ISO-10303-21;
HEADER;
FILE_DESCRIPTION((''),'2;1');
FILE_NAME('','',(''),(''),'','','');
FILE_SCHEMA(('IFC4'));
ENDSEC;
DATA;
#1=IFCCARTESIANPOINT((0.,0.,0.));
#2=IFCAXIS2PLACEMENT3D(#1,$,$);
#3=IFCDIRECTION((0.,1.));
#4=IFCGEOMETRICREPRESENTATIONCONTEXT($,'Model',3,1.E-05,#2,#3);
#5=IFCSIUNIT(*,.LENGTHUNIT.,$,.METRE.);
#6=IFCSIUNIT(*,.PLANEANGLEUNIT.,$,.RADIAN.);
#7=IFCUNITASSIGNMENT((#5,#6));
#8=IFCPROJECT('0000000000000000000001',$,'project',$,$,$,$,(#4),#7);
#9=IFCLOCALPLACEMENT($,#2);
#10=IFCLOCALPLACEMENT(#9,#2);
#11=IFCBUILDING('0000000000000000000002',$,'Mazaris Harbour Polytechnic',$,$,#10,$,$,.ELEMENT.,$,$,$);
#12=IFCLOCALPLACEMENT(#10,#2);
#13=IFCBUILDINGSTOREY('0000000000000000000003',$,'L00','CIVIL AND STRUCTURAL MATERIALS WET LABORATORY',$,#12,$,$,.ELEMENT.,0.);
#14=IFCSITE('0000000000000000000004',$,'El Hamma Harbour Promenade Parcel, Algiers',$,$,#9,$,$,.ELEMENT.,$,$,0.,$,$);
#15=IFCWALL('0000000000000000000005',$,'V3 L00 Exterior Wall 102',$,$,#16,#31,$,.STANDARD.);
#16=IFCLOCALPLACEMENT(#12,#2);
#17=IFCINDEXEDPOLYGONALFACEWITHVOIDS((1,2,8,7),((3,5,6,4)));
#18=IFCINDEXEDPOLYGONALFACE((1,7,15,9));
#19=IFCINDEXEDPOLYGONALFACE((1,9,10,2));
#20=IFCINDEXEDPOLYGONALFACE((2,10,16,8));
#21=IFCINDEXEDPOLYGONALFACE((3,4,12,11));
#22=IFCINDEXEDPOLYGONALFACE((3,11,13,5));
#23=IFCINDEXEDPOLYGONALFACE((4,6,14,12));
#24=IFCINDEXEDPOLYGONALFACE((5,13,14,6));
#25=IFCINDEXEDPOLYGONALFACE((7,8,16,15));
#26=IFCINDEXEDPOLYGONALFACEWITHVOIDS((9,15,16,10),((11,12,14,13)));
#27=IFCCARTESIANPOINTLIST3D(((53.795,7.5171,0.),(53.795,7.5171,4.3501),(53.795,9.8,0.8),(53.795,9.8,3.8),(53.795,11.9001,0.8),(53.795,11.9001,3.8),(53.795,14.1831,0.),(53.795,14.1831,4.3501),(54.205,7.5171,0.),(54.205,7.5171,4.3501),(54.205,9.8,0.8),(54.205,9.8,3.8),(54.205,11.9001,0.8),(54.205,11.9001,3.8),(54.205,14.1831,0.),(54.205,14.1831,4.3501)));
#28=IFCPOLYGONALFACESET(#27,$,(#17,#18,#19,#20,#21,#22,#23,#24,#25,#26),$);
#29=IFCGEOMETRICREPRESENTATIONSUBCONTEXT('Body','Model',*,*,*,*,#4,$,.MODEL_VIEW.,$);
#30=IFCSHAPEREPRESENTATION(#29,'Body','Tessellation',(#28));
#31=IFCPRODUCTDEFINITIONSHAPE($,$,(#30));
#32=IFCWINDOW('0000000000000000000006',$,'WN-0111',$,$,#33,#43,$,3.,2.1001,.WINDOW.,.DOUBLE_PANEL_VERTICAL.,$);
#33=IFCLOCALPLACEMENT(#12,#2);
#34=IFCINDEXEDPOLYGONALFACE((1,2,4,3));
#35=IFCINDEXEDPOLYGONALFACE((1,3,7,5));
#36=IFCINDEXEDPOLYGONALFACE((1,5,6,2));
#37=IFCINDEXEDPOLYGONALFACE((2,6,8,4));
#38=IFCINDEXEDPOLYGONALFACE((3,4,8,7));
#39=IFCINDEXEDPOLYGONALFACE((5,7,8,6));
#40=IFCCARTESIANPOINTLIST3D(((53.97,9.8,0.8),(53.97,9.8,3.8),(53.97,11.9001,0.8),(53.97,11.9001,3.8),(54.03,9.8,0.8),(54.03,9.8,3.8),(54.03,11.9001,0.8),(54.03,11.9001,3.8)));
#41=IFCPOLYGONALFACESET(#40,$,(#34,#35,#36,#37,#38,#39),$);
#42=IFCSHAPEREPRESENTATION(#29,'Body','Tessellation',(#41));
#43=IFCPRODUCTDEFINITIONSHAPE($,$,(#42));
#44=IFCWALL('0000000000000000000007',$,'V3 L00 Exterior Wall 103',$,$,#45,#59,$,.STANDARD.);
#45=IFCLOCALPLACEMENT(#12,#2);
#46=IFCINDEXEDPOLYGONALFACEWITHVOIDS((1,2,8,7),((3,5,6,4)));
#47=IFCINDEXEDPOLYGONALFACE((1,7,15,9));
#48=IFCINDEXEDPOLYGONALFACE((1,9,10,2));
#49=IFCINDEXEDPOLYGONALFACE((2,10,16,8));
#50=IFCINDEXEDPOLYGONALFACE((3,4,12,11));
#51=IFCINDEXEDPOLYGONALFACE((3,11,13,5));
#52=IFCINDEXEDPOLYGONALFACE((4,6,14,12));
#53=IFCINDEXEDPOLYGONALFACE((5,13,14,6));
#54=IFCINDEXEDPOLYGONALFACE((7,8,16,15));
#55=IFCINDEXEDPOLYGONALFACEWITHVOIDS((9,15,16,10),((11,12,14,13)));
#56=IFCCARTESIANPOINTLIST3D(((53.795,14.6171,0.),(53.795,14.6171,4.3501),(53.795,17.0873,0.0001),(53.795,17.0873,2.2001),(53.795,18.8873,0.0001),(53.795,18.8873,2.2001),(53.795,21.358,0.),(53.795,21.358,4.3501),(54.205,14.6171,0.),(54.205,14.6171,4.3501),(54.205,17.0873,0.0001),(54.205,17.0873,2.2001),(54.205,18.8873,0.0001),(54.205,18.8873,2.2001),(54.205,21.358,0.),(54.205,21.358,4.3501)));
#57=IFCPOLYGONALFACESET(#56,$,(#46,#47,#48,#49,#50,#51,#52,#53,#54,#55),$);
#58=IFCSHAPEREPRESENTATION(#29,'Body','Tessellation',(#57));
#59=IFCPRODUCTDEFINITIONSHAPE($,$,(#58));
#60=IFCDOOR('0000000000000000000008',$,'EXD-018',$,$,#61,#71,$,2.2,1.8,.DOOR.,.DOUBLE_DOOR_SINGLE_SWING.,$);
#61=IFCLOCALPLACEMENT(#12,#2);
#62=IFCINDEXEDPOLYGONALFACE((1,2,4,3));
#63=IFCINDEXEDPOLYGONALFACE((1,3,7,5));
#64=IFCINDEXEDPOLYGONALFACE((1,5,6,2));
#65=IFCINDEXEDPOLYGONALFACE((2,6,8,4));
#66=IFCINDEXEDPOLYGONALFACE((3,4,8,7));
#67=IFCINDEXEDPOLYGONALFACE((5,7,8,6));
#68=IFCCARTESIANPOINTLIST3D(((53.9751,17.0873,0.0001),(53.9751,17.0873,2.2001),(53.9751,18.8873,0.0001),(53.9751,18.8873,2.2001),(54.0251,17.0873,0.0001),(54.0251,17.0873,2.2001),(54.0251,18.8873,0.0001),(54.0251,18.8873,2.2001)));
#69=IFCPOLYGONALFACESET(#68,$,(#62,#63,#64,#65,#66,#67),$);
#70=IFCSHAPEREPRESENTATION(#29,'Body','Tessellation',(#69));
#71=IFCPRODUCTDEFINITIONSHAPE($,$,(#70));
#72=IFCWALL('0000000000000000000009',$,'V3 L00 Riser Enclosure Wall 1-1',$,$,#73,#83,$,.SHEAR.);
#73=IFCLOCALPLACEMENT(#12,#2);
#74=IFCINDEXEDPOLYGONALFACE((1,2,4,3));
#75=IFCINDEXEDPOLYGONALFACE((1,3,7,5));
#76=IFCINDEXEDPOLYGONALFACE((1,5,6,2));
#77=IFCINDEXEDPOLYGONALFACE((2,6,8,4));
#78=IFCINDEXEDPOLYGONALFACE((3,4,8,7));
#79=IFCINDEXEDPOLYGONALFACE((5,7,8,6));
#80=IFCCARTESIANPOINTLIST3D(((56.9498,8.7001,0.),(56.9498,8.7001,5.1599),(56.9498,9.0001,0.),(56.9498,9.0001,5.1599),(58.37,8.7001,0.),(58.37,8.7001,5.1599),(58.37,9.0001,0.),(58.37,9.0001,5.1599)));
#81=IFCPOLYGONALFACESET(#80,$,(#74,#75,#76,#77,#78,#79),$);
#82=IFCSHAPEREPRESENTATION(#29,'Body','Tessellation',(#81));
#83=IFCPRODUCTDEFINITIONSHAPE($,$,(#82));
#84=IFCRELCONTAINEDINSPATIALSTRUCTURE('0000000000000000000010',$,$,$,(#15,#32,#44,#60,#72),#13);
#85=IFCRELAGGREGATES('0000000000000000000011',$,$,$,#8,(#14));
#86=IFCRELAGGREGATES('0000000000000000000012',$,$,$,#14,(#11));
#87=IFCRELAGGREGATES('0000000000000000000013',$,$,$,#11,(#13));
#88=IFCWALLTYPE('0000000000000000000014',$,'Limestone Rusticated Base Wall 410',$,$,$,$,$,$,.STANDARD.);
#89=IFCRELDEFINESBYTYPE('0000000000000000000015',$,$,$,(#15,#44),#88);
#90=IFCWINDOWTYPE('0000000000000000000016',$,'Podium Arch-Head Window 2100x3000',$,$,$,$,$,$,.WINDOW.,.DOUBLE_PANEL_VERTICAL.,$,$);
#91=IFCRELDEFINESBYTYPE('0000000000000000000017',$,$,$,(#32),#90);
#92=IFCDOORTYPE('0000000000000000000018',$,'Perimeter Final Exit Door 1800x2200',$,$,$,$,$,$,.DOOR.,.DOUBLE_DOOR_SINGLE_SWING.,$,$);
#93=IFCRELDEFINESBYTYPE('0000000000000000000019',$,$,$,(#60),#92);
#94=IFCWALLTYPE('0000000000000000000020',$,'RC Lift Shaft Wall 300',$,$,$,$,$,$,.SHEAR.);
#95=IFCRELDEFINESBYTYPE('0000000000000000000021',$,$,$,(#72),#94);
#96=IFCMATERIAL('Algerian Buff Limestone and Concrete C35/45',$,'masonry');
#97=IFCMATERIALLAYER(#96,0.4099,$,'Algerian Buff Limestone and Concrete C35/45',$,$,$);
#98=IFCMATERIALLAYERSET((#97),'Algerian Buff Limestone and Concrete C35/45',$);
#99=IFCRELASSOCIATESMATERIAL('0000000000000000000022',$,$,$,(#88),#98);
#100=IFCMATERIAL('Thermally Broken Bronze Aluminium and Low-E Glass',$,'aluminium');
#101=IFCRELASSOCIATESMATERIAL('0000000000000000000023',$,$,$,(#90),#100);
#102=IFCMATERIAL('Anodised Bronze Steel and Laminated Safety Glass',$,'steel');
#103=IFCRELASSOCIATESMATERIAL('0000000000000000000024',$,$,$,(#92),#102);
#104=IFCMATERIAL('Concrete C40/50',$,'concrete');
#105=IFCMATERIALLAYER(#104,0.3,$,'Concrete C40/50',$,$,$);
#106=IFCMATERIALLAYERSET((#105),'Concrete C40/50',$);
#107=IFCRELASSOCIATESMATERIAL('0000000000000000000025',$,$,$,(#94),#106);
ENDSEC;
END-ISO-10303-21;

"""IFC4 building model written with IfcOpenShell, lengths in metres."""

from ifc_helpers import new_model, si_unit, direction, frame, frame_2d, origin, place, context, subcontext, project, spatial, rectangle, extrude, material, layer, layer_set, type_object, element, fill, save


model = new_model("IFC4")

# Units and contexts
model_context = context("Model", 3, precision=1e-05, world=origin(), true_north=direction((0.0, 1.0)))
body_context = subcontext(model_context, "Body", "Model", "MODEL_VIEW")
ifc_project = project(units=[si_unit("LENGTHUNIT", "METRE"), si_unit("PLANEANGLEUNIT", "RADIAN")], contexts=[model_context])

# Site, building, storey
site_placement = place(None, origin())
site = spatial("IfcSite", under=ifc_project, at=site_placement, Name="El Hamma Harbour Promenade Parcel, Algiers", CompositionType="ELEMENT", RefElevation=0.0)
building_placement = place(site_placement, origin())
building = spatial("IfcBuilding", under=site, at=building_placement, Name="Mazaris Harbour Polytechnic", CompositionType="ELEMENT")
storey_placement = place(building_placement, origin())
storey = spatial("IfcBuildingStorey", under=building, at=storey_placement, Name="L00", Description="CIVIL AND STRUCTURAL MATERIALS WET LABORATORY", CompositionType="ELEMENT", Elevation=0.0)

# Wall, opening, window
ifc_material_1 = material(Name="Algerian Buff Limestone and Concrete C35/45", Category="masonry")
ifc_layer_1 = layer(ifc_material_1, 0.4099, Name="Algerian Buff Limestone and Concrete C35/45")
ifc_layer_set_1 = layer_set([ifc_layer_1], Name="Algerian Buff Limestone and Concrete C35/45")
wall_type_1 = type_object("IfcWallType", Name="Limestone Rusticated Base Wall 410", PredefinedType="STANDARD", material=ifc_layer_set_1)
wall_1_placement = place(storey_placement, frame((54.0, 7.5171, 0.0), z_axis=(0.0, 0.0, 1.0), x_axis=(0.0, 1.0, 0.0)))
wall_1 = element("IfcWall", 1, at=wall_1_placement, inside=storey, type_object=wall_type_1, Name="V3 L00 Exterior Wall 102", PredefinedType="STANDARD", context=body_context, shape_type="SweptSolid", body=[
    extrude(rectangle(XDim=6.666, YDim=0.4099, at=frame_2d((3.333, 0.0))), origin(), (0.0, 0.0, 1.0), 4.3501),
])
opening_1_placement = place(wall_1_placement, frame((2.283, 0.0, 0.8)))
opening_1 = element("IfcOpeningElement", 2, at=opening_1_placement, cuts=wall_1, PredefinedType="OPENING", context=body_context, shape_type="SweptSolid", body=[
    extrude(rectangle(XDim=2.1001, YDim=3.0, at=frame_2d((1.05, 1.5))), frame((0.0, 0.2148, 0.0), z_axis=(0.0, -1.0, 0.0), x_axis=(1.0, 0.0, 0.0)), (0.0, 0.0, 1.0), 0.4299),
])
ifc_material_2 = material(Name="Thermally Broken Bronze Aluminium and Low-E Glass", Category="aluminium")
window_type = type_object("IfcWindowType", Name="Podium Arch-Head Window 2100x3000", PartitioningType="DOUBLE_PANEL_VERTICAL", PredefinedType="WINDOW", material=ifc_material_2)
window_placement = place(opening_1_placement, origin())
window = element("IfcWindow", 3, at=window_placement, inside=storey, type_object=window_type, Name="WN-0111", OverallHeight=3.0, OverallWidth=2.1001, PartitioningType="DOUBLE_PANEL_VERTICAL", PredefinedType="WINDOW", context=body_context, shape_type="SweptSolid", body=[
    extrude(rectangle(XDim=2.1001, YDim=3.0, at=frame_2d((1.05, 1.5))), frame((0.0, 0.03, 0.0), z_axis=(0.0, -1.0, 0.0), x_axis=(1.0, 0.0, 0.0)), (0.0, 0.0, 1.0), 0.0601),
])
fill(opening_1, window)

# Wall, opening, door
wall_2_placement = place(storey_placement, frame((54.0, 14.6169, 0.0), z_axis=(0.0, 0.0, 1.0), x_axis=(0.0, 1.0, 0.0)))
wall_2 = element("IfcWall", 4, at=wall_2_placement, inside=storey, type_object=wall_type_1, Name="V3 L00 Exterior Wall 103", PredefinedType="STANDARD", context=body_context, shape_type="SweptSolid", body=[
    extrude(rectangle(XDim=6.741, YDim=0.4099, at=frame_2d((3.3706, 0.0))), origin(), (0.0, 0.0, 1.0), 4.3501),
])
opening_2_placement = place(wall_2_placement, frame((2.4705, 0.0, 0.0)))
opening_2 = element("IfcOpeningElement", 5, at=opening_2_placement, cuts=wall_2, PredefinedType="OPENING", context=body_context, shape_type="SweptSolid", body=[
    extrude(rectangle(XDim=1.8, YDim=2.2, at=frame_2d((0.8999, 1.1001))), frame((0.0, 0.2148, 0.0), z_axis=(0.0, -1.0, 0.0), x_axis=(1.0, 0.0, 0.0)), (0.0, 0.0, 1.0), 0.4299),
])
ifc_material_3 = material(Name="Anodised Bronze Steel and Laminated Safety Glass", Category="steel")
door_type = type_object("IfcDoorType", Name="Perimeter Final Exit Door 1800x2200", OperationType="DOUBLE_DOOR_SINGLE_SWING", PredefinedType="DOOR", material=ifc_material_3)
door_placement = place(opening_2_placement, origin())
door = element("IfcDoor", 6, at=door_placement, inside=storey, type_object=door_type, Name="EXD-018", OperationType="DOUBLE_DOOR_SINGLE_SWING", OverallHeight=2.2, OverallWidth=1.8, PredefinedType="DOOR", context=body_context, shape_type="SweptSolid", body=[
    extrude(rectangle(XDim=1.8, YDim=2.2, at=frame_2d((0.8999, 1.1001))), frame((0.0, 0.0249, 0.0), z_axis=(0.0, -1.0, 0.0), x_axis=(1.0, 0.0, 0.0)), (0.0, 0.0, 1.0), 0.05),
])
fill(opening_2, door)

# Wall
ifc_material_4 = material(Name="Concrete C40/50", Category="concrete")
ifc_layer_2 = layer(ifc_material_4, 0.3, Name="Concrete C40/50")
ifc_layer_set_2 = layer_set([ifc_layer_2], Name="Concrete C40/50")
wall_type_2 = type_object("IfcWallType", Name="RC Lift Shaft Wall 300", PredefinedType="SHEAR", material=ifc_layer_set_2)
wall_3_placement = place(storey_placement, frame((56.95, 8.8501, 0.0), z_axis=(0.0, 0.0, 1.0), x_axis=(1.0, 0.0, 0.0)))
element("IfcWall", 7, at=wall_3_placement, inside=storey, type_object=wall_type_2, Name="V3 L00 Riser Enclosure Wall 1-1", PredefinedType="SHEAR", context=body_context, shape_type="SweptSolid", body=[
    extrude(rectangle(XDim=1.4202, YDim=0.3, at=frame_2d((0.71, 0.0))), origin(), (0.0, 0.0, 1.0), 5.1599),
])

save(model, "model.ifc")
